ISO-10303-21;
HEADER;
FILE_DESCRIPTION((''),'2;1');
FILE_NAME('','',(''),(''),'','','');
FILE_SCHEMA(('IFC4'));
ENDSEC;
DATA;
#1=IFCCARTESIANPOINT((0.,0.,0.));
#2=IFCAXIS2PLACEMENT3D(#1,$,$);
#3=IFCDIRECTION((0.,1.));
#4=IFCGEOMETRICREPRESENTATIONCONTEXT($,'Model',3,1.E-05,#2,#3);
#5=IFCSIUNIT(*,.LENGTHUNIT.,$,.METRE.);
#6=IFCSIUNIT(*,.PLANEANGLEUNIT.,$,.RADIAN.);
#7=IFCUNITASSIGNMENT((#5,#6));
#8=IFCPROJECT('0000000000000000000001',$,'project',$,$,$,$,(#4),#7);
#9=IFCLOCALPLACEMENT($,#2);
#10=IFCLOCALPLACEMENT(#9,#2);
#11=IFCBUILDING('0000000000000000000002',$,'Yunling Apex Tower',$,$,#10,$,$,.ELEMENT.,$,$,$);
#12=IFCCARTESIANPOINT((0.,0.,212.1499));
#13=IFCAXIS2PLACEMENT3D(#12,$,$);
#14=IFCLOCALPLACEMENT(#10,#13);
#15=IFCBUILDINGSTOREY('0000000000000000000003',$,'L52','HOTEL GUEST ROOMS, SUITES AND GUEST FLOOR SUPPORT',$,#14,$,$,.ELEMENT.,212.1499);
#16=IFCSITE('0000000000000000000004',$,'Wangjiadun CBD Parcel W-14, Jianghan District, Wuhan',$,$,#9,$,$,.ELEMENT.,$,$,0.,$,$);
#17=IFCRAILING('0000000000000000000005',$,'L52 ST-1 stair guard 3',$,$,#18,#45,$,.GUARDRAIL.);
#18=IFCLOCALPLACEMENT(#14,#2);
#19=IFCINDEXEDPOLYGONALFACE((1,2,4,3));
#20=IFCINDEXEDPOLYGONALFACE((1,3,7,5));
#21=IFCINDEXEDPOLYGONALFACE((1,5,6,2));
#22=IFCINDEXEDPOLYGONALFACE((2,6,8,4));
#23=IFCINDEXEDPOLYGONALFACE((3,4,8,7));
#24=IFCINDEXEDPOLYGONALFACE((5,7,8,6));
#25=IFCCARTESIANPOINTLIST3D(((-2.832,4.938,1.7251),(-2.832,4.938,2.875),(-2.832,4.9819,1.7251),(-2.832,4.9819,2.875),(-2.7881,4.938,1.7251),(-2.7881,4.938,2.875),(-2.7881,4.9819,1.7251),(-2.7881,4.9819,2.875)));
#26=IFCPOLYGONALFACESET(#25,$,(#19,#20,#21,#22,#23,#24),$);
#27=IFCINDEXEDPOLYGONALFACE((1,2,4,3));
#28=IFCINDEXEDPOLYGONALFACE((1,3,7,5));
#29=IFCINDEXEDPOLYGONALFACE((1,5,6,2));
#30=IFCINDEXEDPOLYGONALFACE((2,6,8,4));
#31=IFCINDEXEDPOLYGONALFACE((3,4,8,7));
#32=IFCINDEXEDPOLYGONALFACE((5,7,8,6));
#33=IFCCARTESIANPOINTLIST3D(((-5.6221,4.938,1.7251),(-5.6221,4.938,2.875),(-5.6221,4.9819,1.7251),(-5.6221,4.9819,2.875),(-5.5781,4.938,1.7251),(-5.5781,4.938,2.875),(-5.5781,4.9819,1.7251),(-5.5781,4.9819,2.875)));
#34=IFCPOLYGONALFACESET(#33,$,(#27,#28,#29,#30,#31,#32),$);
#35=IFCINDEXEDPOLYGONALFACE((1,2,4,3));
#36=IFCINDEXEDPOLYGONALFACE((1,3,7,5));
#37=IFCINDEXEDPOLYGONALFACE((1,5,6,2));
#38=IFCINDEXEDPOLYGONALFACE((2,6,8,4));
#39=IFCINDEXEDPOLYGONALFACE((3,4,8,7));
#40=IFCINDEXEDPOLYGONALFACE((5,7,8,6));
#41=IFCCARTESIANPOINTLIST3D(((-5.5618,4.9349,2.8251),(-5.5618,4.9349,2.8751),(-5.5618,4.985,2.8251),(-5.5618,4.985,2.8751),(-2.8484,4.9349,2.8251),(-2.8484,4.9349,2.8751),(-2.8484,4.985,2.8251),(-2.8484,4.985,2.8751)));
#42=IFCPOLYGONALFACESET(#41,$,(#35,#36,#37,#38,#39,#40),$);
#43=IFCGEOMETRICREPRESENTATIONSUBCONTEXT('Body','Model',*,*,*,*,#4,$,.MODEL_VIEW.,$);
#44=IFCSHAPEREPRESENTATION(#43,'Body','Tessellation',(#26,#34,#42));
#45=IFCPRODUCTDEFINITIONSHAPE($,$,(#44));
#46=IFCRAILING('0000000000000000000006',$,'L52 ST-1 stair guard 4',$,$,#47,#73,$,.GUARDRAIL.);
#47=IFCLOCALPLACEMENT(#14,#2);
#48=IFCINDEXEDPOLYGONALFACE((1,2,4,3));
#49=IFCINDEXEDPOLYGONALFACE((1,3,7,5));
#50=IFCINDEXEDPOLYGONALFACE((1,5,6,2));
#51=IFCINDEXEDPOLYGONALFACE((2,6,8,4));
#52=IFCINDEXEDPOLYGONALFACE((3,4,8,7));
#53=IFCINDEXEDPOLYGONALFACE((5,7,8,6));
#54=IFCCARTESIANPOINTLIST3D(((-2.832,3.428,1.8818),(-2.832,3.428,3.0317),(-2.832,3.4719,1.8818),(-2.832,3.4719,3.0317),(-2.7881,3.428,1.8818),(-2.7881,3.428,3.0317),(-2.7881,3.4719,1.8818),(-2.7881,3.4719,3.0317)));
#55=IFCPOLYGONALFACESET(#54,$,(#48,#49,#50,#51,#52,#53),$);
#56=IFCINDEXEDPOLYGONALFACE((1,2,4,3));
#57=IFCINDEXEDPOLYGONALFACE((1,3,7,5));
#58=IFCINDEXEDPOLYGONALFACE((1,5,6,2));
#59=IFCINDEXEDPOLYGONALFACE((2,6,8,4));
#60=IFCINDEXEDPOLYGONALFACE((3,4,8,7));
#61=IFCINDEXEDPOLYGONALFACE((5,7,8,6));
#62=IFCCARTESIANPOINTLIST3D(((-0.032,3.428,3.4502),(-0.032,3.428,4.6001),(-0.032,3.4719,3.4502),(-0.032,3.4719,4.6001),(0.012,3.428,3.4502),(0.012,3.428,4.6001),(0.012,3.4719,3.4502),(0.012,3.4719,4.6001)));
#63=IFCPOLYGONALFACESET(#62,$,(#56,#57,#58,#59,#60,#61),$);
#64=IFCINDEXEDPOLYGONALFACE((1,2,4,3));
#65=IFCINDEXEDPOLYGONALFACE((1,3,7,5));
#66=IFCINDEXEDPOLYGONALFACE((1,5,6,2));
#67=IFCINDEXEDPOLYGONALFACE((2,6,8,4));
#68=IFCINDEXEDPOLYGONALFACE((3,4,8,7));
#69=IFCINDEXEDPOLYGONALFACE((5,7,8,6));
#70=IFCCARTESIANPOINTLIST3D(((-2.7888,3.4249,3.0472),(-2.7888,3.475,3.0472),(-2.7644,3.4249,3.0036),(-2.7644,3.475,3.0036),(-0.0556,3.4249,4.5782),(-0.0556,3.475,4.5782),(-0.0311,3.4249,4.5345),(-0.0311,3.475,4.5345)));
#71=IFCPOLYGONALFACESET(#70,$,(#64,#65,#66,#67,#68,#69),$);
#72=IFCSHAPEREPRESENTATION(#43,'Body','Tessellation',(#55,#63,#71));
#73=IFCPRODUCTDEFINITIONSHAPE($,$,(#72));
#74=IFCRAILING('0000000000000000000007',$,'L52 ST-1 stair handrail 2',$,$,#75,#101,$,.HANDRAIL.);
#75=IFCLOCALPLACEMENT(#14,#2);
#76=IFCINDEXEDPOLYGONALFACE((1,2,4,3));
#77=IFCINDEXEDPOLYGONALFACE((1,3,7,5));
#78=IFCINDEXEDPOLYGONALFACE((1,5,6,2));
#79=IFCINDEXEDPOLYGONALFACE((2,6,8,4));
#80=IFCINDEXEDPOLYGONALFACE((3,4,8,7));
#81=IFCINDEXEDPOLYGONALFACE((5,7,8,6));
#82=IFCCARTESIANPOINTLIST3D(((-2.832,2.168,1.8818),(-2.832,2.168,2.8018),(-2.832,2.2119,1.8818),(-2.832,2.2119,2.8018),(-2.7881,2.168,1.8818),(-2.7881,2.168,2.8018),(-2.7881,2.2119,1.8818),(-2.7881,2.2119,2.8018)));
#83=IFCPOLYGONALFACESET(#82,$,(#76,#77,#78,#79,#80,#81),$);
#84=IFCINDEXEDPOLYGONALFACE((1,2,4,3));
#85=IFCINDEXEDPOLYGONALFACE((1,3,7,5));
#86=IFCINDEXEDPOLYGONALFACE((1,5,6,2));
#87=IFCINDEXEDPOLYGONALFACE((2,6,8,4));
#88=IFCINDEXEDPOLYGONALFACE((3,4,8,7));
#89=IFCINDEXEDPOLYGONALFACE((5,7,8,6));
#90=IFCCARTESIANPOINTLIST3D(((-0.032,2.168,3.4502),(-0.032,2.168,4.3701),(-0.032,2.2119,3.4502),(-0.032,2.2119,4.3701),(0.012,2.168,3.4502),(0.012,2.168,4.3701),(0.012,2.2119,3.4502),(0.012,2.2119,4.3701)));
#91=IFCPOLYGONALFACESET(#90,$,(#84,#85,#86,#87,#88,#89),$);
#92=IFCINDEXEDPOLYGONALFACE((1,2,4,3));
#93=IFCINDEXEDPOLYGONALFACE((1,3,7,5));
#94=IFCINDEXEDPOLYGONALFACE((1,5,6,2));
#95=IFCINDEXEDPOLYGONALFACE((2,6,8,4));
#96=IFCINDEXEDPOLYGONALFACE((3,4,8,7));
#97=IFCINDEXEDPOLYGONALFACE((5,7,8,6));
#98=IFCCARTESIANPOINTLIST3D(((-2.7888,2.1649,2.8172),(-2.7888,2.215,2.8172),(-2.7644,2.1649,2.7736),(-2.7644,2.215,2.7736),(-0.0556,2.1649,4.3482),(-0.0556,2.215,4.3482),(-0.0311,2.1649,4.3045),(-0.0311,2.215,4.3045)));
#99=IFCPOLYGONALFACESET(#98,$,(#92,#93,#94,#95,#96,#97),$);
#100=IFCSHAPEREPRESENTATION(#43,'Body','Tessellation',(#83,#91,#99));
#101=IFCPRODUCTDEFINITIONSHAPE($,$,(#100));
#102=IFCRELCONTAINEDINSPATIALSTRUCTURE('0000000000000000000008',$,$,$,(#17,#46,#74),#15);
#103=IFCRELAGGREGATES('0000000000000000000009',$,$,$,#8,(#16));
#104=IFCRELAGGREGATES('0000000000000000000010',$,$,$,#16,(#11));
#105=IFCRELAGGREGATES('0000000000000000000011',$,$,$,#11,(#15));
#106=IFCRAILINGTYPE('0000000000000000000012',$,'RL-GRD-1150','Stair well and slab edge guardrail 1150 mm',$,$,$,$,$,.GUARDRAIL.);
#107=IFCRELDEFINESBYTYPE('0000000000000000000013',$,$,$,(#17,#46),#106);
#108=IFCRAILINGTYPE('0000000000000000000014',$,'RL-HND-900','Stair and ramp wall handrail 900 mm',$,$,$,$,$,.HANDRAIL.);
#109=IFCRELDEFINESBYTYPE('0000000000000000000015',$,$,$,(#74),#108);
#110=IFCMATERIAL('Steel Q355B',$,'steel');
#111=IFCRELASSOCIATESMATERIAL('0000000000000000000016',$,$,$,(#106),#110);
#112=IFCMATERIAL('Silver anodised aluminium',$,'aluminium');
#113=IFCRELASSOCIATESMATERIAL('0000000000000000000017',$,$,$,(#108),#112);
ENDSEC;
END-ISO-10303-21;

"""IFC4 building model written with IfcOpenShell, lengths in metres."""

from ifc_helpers import new_model, si_unit, direction, frame, origin, origin_2d, place, context, subcontext, project, spatial, rectangle, extrude, material, type_object, element, save


model = new_model("IFC4")

# Units and contexts
model_context = context("Model", 3, precision=1e-05, world=origin(), true_north=direction((0.0, 1.0)))
body_context = subcontext(model_context, "Body", "Model", "MODEL_VIEW")
ifc_project = project(units=[si_unit("LENGTHUNIT", "METRE"), si_unit("PLANEANGLEUNIT", "RADIAN")], contexts=[model_context])

# Site, building, storey
site_placement = place(None, origin())
site = spatial("IfcSite", under=ifc_project, at=site_placement, Name="Wangjiadun CBD Parcel W-14, Jianghan District, Wuhan", CompositionType="ELEMENT", RefElevation=0.0)
building_placement = place(site_placement, origin())
building = spatial("IfcBuilding", under=site, at=building_placement, Name="Yunling Apex Tower", CompositionType="ELEMENT")
storey_placement = place(building_placement, frame((0.0, 0.0, 212.1499)))
storey = spatial("IfcBuildingStorey", under=building, at=storey_placement, Name="L52", Description="HOTEL GUEST ROOMS, SUITES AND GUEST FLOOR SUPPORT", CompositionType="ELEMENT", Elevation=212.1499)

# Shared definitions
ifc_material_1 = material(Name="Steel Q355B", Category="steel")

# Shared definitions
ifc_material_2 = material(Name="Silver anodised aluminium", Category="aluminium")

# Railings
railing_type_1 = type_object("IfcRailingType", Name="RL-GRD-1150", Description="Stair well and slab edge guardrail 1150 mm", PredefinedType="GUARDRAIL", material=ifc_material_1)
railing_1_placement = place(storey_placement, frame((-2.8101, 4.96, 1.7251)))
element("IfcRailing", 1, at=railing_1_placement, inside=storey, type_object=railing_type_1, Name="L52 ST-1 stair guard 3", PredefinedType="GUARDRAIL", context=body_context, shape_type="SweptSolid", body=[
    extrude(rectangle(XDim=0.0439, YDim=0.0439, at=origin_2d()), origin(), (0.0, 0.0, 1.0), 1.1499),
    extrude(rectangle(XDim=0.0439, YDim=0.0439, at=origin_2d()), frame((-2.79, 0.0, 0.0)), (0.0, 0.0, 1.0), 1.1499),
    extrude(rectangle(XDim=0.05, YDim=0.05, at=origin_2d()), frame((-0.0383, 0.0, 1.125), z_axis=(-1.0, 0.0, 0.0), x_axis=(0.0, -1.0, 0.0)), (0.0, 0.0, 1.0), 2.7134),
])
railing_2_placement = place(storey_placement, frame((-2.8101, 3.45, 1.8818)))
element("IfcRailing", 2, at=railing_2_placement, inside=storey, type_object=railing_type_1, Name="L52 ST-1 stair guard 4", PredefinedType="GUARDRAIL", context=body_context, shape_type="SweptSolid", body=[
    extrude(rectangle(XDim=0.0439, YDim=0.0439, at=origin_2d()), origin(), (0.0, 0.0, 1.0), 1.1499),
    extrude(rectangle(XDim=0.0439, YDim=0.0439, at=origin_2d()), frame((2.8, 0.0, 1.5684)), (0.0, 0.0, 1.0), 1.1499),
    extrude(rectangle(XDim=0.05, YDim=0.05, at=origin_2d()), frame((0.0334, 0.0, 1.1436), z_axis=(0.872462, 0.0, 0.488682), x_axis=(0.0, 1.0, 0.0)), (0.0, 0.0, 1.0), 3.1328),
])
railing_type_2 = type_object("IfcRailingType", Name="RL-HND-900", Description="Stair and ramp wall handrail 900 mm", PredefinedType="HANDRAIL", material=ifc_material_2)
railing_3_placement = place(storey_placement, frame((-2.8101, 2.1899, 1.8818)))
element("IfcRailing", 3, at=railing_3_placement, inside=storey, type_object=railing_type_2, Name="L52 ST-1 stair handrail 2", PredefinedType="HANDRAIL", context=body_context, shape_type="SweptSolid", body=[
    extrude(rectangle(XDim=0.0439, YDim=0.0439, at=origin_2d()), origin(), (0.0, 0.0, 1.0), 0.9199),
    extrude(rectangle(XDim=0.0439, YDim=0.0439, at=origin_2d()), frame((2.8, 0.0, 1.5684)), (0.0, 0.0, 1.0), 0.9199),
    extrude(rectangle(XDim=0.05, YDim=0.05, at=origin_2d()), frame((0.0334, 0.0, 0.9136), z_axis=(0.872462, 0.0, 0.488682), x_axis=(0.0, 1.0, 0.0)), (0.0, 0.0, 1.0), 3.1328),
])

save(model, "model.ifc")
